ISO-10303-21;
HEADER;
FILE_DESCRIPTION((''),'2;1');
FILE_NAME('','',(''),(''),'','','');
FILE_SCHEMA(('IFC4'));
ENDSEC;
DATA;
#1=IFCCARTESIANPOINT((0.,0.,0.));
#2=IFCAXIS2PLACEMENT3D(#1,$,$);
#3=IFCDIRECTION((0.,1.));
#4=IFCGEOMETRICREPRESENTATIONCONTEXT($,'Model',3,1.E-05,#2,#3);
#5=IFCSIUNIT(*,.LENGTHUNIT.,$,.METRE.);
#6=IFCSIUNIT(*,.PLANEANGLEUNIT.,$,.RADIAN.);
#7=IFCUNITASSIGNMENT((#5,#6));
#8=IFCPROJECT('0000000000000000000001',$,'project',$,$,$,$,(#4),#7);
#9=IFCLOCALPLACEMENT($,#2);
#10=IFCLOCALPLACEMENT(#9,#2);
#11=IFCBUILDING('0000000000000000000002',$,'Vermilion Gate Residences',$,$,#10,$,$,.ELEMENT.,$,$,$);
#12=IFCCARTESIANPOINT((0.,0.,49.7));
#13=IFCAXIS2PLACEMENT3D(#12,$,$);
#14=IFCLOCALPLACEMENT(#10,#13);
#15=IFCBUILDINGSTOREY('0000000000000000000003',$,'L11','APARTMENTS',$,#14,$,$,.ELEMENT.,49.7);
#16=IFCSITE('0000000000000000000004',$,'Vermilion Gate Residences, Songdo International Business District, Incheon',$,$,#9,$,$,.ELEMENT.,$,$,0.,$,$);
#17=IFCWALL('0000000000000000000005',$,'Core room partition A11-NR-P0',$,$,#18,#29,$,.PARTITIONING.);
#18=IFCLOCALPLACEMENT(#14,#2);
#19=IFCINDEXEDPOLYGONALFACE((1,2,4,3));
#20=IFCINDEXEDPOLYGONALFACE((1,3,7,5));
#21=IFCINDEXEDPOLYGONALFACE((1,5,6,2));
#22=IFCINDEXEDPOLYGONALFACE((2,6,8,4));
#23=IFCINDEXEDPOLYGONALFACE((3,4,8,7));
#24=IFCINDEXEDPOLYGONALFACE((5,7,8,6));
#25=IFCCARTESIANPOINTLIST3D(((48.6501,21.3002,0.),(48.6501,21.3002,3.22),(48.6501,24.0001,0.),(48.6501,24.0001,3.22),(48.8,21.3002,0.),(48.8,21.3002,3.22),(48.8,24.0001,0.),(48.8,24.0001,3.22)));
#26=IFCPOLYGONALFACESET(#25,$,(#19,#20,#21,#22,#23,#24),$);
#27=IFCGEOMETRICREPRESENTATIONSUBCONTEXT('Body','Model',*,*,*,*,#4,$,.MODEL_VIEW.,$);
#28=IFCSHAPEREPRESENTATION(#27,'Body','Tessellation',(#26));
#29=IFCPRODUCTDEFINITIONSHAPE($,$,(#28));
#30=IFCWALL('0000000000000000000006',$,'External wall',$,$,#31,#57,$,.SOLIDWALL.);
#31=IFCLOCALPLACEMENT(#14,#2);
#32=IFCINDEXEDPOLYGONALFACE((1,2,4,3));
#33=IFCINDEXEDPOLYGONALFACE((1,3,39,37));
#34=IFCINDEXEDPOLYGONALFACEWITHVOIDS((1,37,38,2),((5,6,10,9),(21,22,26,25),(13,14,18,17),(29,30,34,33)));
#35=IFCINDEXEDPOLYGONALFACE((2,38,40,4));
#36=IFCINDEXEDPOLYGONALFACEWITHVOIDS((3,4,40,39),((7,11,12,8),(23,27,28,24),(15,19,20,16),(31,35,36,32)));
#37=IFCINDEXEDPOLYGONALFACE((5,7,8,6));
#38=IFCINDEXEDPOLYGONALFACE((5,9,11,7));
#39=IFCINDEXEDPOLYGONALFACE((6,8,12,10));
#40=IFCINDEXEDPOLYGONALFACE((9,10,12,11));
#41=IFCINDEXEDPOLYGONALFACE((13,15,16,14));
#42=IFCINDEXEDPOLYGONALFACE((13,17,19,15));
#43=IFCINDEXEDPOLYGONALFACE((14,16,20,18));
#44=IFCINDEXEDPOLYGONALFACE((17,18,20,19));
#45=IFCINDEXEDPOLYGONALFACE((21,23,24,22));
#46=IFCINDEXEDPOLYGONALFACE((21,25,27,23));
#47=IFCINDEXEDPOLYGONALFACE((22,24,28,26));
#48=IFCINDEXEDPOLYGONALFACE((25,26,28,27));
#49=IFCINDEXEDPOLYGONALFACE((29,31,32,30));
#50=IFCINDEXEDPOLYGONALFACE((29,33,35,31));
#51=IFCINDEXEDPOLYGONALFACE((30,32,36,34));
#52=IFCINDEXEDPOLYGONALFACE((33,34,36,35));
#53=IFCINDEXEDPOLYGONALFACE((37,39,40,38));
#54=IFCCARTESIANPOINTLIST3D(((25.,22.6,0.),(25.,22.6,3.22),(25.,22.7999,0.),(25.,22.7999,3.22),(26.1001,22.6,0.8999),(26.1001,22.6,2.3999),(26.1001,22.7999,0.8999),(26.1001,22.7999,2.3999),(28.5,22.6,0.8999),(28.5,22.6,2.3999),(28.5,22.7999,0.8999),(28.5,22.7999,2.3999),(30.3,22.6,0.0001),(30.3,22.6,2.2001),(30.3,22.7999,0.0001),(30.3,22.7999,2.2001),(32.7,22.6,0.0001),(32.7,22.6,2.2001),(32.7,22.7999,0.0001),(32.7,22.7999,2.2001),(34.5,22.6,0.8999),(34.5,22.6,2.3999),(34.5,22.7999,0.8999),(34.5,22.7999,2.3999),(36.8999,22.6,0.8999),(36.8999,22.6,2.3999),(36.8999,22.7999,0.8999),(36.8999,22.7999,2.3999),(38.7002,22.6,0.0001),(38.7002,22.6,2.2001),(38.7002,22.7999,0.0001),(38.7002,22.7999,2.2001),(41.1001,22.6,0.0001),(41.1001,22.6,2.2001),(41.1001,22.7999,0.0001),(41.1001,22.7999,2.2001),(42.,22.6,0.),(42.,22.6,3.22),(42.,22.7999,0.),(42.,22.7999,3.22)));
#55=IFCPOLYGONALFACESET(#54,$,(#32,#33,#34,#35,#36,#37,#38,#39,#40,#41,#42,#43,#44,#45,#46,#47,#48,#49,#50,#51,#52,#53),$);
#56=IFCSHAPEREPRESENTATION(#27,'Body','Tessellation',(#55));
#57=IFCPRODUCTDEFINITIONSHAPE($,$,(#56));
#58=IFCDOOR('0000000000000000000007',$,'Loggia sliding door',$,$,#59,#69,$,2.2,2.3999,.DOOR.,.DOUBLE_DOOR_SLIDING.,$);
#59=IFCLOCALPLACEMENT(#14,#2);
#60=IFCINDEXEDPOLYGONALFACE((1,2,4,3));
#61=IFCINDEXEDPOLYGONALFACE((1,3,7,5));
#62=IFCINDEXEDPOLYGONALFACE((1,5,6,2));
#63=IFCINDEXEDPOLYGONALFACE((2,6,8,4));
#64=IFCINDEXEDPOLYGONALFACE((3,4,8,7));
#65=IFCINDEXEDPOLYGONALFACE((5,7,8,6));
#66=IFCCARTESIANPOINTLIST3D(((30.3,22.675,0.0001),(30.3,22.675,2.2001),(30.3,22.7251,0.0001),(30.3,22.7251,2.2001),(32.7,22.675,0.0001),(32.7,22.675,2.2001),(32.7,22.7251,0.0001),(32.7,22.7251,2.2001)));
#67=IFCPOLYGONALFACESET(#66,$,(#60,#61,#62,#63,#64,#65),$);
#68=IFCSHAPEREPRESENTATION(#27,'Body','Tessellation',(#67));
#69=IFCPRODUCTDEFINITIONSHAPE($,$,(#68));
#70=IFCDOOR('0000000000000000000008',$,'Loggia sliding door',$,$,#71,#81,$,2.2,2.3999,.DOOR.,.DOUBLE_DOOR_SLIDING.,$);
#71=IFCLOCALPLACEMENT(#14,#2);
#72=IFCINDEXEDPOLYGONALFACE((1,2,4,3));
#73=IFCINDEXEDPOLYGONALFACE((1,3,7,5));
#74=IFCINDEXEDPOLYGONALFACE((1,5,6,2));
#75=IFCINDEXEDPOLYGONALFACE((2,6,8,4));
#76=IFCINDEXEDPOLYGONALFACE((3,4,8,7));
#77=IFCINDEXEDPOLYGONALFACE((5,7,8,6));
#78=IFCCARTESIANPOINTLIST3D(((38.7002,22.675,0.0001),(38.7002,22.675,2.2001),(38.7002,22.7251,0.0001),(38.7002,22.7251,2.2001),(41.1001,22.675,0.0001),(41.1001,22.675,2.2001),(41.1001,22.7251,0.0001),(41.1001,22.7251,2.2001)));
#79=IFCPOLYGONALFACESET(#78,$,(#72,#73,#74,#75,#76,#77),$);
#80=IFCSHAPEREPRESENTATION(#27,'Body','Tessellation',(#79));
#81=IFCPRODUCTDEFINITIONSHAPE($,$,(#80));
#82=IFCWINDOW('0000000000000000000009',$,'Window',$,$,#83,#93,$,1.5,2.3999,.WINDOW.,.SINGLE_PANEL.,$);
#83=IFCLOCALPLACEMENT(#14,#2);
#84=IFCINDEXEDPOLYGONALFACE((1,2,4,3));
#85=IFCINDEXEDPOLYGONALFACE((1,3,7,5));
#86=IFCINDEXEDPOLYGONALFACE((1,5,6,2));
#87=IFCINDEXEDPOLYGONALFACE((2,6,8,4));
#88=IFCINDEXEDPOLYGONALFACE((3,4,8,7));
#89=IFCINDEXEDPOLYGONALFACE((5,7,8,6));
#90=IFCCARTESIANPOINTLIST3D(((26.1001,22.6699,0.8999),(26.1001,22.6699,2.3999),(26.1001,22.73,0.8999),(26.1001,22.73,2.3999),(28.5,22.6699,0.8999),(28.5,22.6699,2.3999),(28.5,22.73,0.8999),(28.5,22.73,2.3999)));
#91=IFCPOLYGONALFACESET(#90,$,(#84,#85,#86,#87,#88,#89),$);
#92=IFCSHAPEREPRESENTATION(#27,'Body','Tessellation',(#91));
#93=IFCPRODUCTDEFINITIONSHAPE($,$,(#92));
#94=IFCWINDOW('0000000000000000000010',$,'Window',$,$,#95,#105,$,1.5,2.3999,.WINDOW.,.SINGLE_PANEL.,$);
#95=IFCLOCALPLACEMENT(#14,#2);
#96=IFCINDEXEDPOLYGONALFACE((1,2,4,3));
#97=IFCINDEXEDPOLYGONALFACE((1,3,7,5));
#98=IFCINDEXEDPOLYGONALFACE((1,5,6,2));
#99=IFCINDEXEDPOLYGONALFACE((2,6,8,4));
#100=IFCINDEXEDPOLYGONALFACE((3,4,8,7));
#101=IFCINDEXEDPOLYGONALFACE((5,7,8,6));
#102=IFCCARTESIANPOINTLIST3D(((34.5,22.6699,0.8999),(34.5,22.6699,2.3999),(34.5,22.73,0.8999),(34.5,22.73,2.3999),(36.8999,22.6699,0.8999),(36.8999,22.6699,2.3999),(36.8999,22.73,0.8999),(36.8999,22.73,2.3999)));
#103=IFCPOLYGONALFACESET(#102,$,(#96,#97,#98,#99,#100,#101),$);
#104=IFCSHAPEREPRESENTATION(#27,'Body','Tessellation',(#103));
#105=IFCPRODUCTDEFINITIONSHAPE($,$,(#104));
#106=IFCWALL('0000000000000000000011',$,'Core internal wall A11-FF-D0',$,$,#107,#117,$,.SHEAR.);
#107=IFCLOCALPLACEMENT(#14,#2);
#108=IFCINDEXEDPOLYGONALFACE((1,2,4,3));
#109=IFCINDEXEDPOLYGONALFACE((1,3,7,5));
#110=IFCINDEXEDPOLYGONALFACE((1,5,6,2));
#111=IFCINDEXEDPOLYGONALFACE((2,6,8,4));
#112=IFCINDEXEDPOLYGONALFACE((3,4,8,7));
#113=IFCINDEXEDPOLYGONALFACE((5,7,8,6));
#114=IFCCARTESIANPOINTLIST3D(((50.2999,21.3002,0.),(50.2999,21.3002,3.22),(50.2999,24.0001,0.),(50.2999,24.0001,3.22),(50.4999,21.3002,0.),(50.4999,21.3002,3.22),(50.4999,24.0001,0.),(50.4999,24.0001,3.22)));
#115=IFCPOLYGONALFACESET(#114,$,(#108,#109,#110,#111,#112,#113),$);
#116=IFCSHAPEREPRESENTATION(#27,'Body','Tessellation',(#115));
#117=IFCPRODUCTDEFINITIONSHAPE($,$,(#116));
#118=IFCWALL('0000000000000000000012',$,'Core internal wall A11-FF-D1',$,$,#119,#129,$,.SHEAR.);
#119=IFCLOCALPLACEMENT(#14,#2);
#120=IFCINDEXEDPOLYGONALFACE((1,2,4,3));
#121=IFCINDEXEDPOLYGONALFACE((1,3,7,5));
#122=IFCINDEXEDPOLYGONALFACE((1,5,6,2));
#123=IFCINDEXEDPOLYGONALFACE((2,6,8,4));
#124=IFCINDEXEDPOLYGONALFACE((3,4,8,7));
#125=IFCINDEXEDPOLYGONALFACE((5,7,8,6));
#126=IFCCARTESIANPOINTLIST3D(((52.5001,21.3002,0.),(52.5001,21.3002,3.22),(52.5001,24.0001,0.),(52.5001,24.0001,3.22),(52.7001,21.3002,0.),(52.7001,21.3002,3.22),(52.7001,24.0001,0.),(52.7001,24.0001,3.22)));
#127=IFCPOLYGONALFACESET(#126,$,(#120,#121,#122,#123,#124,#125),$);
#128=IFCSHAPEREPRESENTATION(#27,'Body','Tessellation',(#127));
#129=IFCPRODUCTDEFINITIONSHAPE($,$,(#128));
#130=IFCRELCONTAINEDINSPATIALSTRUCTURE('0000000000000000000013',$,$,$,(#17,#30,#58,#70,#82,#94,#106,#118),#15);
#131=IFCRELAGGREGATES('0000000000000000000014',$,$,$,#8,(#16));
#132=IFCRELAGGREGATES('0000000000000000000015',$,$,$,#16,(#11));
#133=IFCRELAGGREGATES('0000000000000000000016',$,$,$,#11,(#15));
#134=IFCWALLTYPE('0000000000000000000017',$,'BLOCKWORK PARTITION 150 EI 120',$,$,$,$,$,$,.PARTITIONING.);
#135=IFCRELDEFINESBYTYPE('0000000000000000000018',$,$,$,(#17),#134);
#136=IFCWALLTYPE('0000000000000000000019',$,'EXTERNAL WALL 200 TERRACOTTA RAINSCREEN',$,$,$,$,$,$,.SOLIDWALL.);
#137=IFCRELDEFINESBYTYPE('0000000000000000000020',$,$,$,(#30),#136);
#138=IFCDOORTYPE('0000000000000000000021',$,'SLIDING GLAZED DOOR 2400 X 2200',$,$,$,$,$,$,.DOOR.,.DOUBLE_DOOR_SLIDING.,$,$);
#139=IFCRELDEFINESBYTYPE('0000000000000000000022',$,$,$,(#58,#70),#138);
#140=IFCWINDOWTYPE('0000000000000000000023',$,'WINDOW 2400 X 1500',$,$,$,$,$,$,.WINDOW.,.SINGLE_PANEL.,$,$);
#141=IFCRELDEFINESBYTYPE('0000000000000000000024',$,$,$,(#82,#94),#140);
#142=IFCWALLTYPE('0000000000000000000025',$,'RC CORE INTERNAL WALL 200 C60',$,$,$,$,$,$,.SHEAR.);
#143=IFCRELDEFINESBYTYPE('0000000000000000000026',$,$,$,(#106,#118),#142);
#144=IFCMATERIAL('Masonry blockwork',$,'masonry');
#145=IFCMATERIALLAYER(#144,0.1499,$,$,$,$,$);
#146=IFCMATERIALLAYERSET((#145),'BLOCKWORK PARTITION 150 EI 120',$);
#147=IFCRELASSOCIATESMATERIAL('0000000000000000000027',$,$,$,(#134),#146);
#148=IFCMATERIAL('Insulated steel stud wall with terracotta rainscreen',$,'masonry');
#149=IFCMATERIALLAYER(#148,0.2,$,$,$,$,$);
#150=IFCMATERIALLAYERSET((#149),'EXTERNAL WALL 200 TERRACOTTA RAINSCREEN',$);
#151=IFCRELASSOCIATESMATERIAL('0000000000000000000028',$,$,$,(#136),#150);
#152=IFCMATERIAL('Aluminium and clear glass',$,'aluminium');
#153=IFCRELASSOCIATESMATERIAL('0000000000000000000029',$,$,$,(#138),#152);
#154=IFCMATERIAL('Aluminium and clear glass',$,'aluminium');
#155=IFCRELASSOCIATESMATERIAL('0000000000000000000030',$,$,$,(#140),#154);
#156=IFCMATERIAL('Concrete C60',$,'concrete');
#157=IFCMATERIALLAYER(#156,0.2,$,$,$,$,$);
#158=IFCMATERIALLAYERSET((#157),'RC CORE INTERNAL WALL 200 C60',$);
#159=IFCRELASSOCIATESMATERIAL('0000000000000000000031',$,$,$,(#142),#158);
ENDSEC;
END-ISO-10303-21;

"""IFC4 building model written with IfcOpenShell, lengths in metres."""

from ifc_helpers import new_model, si_unit, direction, frame, frame_2d, origin, place, context, subcontext, project, spatial, rectangle, extrude, material, layer, layer_set, type_object, element, fill, save


model = new_model("IFC4")

# Units and contexts
model_context = context("Model", 3, precision=1e-05, world=origin(), true_north=direction((0.0, 1.0)))
body_context = subcontext(model_context, "Body", "Model", "MODEL_VIEW")
ifc_project = project(units=[si_unit("LENGTHUNIT", "METRE"), si_unit("PLANEANGLEUNIT", "RADIAN")], contexts=[model_context])

# Site, building, storey
site_placement = place(None, origin())
site = spatial("IfcSite", under=ifc_project, at=site_placement, Name="Vermilion Gate Residences, Songdo International Business District, Incheon", CompositionType="ELEMENT", RefElevation=0.0)
building_placement = place(site_placement, origin())
building = spatial("IfcBuilding", under=site, at=building_placement, Name="Vermilion Gate Residences", CompositionType="ELEMENT")
storey_placement = place(building_placement, frame((0.0, 0.0, 49.7)))
storey = spatial("IfcBuildingStorey", under=building, at=storey_placement, Name="L11", Description="APARTMENTS", CompositionType="ELEMENT", Elevation=49.7)

# Wall
ifc_material_1 = material(Name="Masonry blockwork", Category="masonry")
ifc_layer_1 = layer(ifc_material_1, 0.1499)
ifc_layer_set_1 = layer_set([ifc_layer_1], Name="BLOCKWORK PARTITION 150 EI 120")
wall_type_1 = type_object("IfcWallType", Name="BLOCKWORK PARTITION 150 EI 120", PredefinedType="PARTITIONING", material=ifc_layer_set_1)
wall_1_placement = place(storey_placement, frame((48.7251, 21.3, 0.0), z_axis=(0.0, 0.0, 1.0), x_axis=(0.0, 1.0, 0.0)))
element("IfcWall", 1, at=wall_1_placement, inside=storey, type_object=wall_type_1, Name="Core room partition A11-NR-P0", PredefinedType="PARTITIONING", context=body_context, shape_type="SweptSolid", body=[
    extrude(rectangle(XDim=2.7, YDim=0.1499, at=frame_2d((1.3501, 0.0))), origin(), (0.0, 0.0, 1.0), 3.22),
])

# Wall, openings, doors, windows
ifc_material_2 = material(Name="Insulated steel stud wall with terracotta rainscreen", Category="masonry")
ifc_layer_2 = layer(ifc_material_2, 0.2)
ifc_layer_set_2 = layer_set([ifc_layer_2], Name="EXTERNAL WALL 200 TERRACOTTA RAINSCREEN")
wall_type_2 = type_object("IfcWallType", Name="EXTERNAL WALL 200 TERRACOTTA RAINSCREEN", PredefinedType="SOLIDWALL", material=ifc_layer_set_2)
wall_2_placement = place(storey_placement, frame((42.0, 22.7, 0.0), z_axis=(0.0, 0.0, 1.0), x_axis=(-1.0, 0.0, 0.0)))
wall_2 = element("IfcWall", 2, at=wall_2_placement, inside=storey, type_object=wall_type_2, Name="External wall", PredefinedType="SOLIDWALL", context=body_context, shape_type="SweptSolid", body=[
    extrude(rectangle(XDim=17.0, YDim=0.2, at=frame_2d((8.5, 0.0))), origin(), (0.0, 0.0, 1.0), 3.22),
])
opening_1_placement = place(wall_2_placement, frame((13.5, 0.0, 0.8999)))
opening_1 = element("IfcOpeningElement", 3, at=opening_1_placement, cuts=wall_2, PredefinedType="OPENING", context=body_context, shape_type="SweptSolid", body=[
    extrude(rectangle(XDim=2.3999, YDim=1.5, at=frame_2d((1.2, 0.75))), frame((0.0, 0.1099, 0.0), z_axis=(0.0, -1.0, 0.0), x_axis=(1.0, 0.0, 0.0)), (0.0, 0.0, 1.0), 0.22),
])
opening_2_placement = place(wall_2_placement, frame((9.3, 0.0, 0.0)))
opening_2 = element("IfcOpeningElement", 4, at=opening_2_placement, cuts=wall_2, PredefinedType="OPENING", context=body_context, shape_type="SweptSolid", body=[
    extrude(rectangle(XDim=2.3999, YDim=2.2, at=frame_2d((1.2, 1.1001))), frame((0.0, 0.1099, 0.0), z_axis=(0.0, -1.0, 0.0), x_axis=(1.0, 0.0, 0.0)), (0.0, 0.0, 1.0), 0.22),
])
opening_3_placement = place(wall_2_placement, frame((5.1001, 0.0, 0.8999)))
opening_3 = element("IfcOpeningElement", 5, at=opening_3_placement, cuts=wall_2, PredefinedType="OPENING", context=body_context, shape_type="SweptSolid", body=[
    extrude(rectangle(XDim=2.3999, YDim=1.5, at=frame_2d((1.2, 0.75))), frame((0.0, 0.1099, 0.0), z_axis=(0.0, -1.0, 0.0), x_axis=(1.0, 0.0, 0.0)), (0.0, 0.0, 1.0), 0.22),
])
opening_4_placement = place(wall_2_placement, frame((0.8999, 0.0, 0.0)))
opening_4 = element("IfcOpeningElement", 6, at=opening_4_placement, cuts=wall_2, PredefinedType="OPENING", context=body_context, shape_type="SweptSolid", body=[
    extrude(rectangle(XDim=2.3999, YDim=2.2, at=frame_2d((1.2, 1.1001))), frame((0.0, 0.1099, 0.0), z_axis=(0.0, -1.0, 0.0), x_axis=(1.0, 0.0, 0.0)), (0.0, 0.0, 1.0), 0.22),
])
ifc_material_3 = material(Name="Aluminium and clear glass", Category="aluminium")
door_type_1 = type_object("IfcDoorType", Name="SLIDING GLAZED DOOR 2400 X 2200", OperationType="DOUBLE_DOOR_SLIDING", PredefinedType="DOOR", material=ifc_material_3)
door_1_placement = place(opening_2_placement, origin())
door_1 = element("IfcDoor", 7, at=door_1_placement, inside=storey, type_object=door_type_1, Name="Loggia sliding door", OperationType="DOUBLE_DOOR_SLIDING", OverallHeight=2.2, OverallWidth=2.3999, PredefinedType="DOOR", context=body_context, shape_type="SweptSolid", body=[
    extrude(rectangle(XDim=2.3999, YDim=2.2, at=frame_2d((1.2, 1.1001))), frame((0.0, 0.0249, 0.0), z_axis=(0.0, -1.0, 0.0), x_axis=(1.0, 0.0, 0.0)), (0.0, 0.0, 1.0), 0.05),
])
fill(opening_2, door_1)
door_2_placement = place(opening_4_placement, origin())
door_2 = element("IfcDoor", 8, at=door_2_placement, inside=storey, type_object=door_type_1, Name="Loggia sliding door", OperationType="DOUBLE_DOOR_SLIDING", OverallHeight=2.2, OverallWidth=2.3999, PredefinedType="DOOR", context=body_context, shape_type="SweptSolid", body=[
    extrude(rectangle(XDim=2.3999, YDim=2.2, at=frame_2d((1.2, 1.1001))), frame((0.0, 0.0249, 0.0), z_axis=(0.0, -1.0, 0.0), x_axis=(1.0, 0.0, 0.0)), (0.0, 0.0, 1.0), 0.05),
])
fill(opening_4, door_2)
ifc_material_4 = material(Name="Aluminium and clear glass", Category="aluminium")
window_type_1 = type_object("IfcWindowType", Name="WINDOW 2400 X 1500", PartitioningType="SINGLE_PANEL", PredefinedType="WINDOW", material=ifc_material_4)
window_1_placement = place(opening_1_placement, origin())
window_1 = element("IfcWindow", 9, at=window_1_placement, inside=storey, type_object=window_type_1, Name="Window", OverallHeight=1.5, OverallWidth=2.3999, PartitioningType="SINGLE_PANEL", PredefinedType="WINDOW", context=body_context, shape_type="SweptSolid", body=[
    extrude(rectangle(XDim=2.3999, YDim=1.5, at=frame_2d((1.2, 0.75))), frame((0.0, 0.03, 0.0), z_axis=(0.0, -1.0, 0.0), x_axis=(1.0, 0.0, 0.0)), (0.0, 0.0, 1.0), 0.0601),
])
fill(opening_1, window_1)
window_2_placement = place(opening_3_placement, origin())
window_2 = element("IfcWindow", 10, at=window_2_placement, inside=storey, type_object=window_type_1, Name="Window", OverallHeight=1.5, OverallWidth=2.3999, PartitioningType="SINGLE_PANEL", PredefinedType="WINDOW", context=body_context, shape_type="SweptSolid", body=[
    extrude(rectangle(XDim=2.3999, YDim=1.5, at=frame_2d((1.2, 0.75))), frame((0.0, 0.03, 0.0), z_axis=(0.0, -1.0, 0.0), x_axis=(1.0, 0.0, 0.0)), (0.0, 0.0, 1.0), 0.0601),
])
fill(opening_3, window_2)

# Walls
ifc_material_5 = material(Name="Concrete C60", Category="concrete")
ifc_layer_3 = layer(ifc_material_5, 0.2)
ifc_layer_set_3 = layer_set([ifc_layer_3], Name="RC CORE INTERNAL WALL 200 C60")
wall_type_3 = type_object("IfcWallType", Name="RC CORE INTERNAL WALL 200 C60", PredefinedType="SHEAR", material=ifc_layer_set_3)
for number, where, z_axis, x_axis, name in (
    (11, (50.3999, 21.3, 0.0), (0.0, 0.0, 1.0), (0.0, 1.0, 0.0), "Core internal wall A11-FF-D0"),
    (12, (52.6001, 21.3, 0.0), (0.0, 0.0, 1.0), (0.0, 1.0, 0.0), "Core internal wall A11-FF-D1"),
):
    element("IfcWall", number, at=place(storey_placement, frame(where, z_axis=z_axis, x_axis=x_axis)), inside=storey, type_object=wall_type_3, Name=name, PredefinedType="SHEAR", context=body_context, shape_type="SweptSolid", body=[
        extrude(rectangle(XDim=2.7, YDim=0.2, at=frame_2d((1.3501, 0.0))), origin(), (0.0, 0.0, 1.0), 3.22),
    ])

save(model, "model.ifc")
